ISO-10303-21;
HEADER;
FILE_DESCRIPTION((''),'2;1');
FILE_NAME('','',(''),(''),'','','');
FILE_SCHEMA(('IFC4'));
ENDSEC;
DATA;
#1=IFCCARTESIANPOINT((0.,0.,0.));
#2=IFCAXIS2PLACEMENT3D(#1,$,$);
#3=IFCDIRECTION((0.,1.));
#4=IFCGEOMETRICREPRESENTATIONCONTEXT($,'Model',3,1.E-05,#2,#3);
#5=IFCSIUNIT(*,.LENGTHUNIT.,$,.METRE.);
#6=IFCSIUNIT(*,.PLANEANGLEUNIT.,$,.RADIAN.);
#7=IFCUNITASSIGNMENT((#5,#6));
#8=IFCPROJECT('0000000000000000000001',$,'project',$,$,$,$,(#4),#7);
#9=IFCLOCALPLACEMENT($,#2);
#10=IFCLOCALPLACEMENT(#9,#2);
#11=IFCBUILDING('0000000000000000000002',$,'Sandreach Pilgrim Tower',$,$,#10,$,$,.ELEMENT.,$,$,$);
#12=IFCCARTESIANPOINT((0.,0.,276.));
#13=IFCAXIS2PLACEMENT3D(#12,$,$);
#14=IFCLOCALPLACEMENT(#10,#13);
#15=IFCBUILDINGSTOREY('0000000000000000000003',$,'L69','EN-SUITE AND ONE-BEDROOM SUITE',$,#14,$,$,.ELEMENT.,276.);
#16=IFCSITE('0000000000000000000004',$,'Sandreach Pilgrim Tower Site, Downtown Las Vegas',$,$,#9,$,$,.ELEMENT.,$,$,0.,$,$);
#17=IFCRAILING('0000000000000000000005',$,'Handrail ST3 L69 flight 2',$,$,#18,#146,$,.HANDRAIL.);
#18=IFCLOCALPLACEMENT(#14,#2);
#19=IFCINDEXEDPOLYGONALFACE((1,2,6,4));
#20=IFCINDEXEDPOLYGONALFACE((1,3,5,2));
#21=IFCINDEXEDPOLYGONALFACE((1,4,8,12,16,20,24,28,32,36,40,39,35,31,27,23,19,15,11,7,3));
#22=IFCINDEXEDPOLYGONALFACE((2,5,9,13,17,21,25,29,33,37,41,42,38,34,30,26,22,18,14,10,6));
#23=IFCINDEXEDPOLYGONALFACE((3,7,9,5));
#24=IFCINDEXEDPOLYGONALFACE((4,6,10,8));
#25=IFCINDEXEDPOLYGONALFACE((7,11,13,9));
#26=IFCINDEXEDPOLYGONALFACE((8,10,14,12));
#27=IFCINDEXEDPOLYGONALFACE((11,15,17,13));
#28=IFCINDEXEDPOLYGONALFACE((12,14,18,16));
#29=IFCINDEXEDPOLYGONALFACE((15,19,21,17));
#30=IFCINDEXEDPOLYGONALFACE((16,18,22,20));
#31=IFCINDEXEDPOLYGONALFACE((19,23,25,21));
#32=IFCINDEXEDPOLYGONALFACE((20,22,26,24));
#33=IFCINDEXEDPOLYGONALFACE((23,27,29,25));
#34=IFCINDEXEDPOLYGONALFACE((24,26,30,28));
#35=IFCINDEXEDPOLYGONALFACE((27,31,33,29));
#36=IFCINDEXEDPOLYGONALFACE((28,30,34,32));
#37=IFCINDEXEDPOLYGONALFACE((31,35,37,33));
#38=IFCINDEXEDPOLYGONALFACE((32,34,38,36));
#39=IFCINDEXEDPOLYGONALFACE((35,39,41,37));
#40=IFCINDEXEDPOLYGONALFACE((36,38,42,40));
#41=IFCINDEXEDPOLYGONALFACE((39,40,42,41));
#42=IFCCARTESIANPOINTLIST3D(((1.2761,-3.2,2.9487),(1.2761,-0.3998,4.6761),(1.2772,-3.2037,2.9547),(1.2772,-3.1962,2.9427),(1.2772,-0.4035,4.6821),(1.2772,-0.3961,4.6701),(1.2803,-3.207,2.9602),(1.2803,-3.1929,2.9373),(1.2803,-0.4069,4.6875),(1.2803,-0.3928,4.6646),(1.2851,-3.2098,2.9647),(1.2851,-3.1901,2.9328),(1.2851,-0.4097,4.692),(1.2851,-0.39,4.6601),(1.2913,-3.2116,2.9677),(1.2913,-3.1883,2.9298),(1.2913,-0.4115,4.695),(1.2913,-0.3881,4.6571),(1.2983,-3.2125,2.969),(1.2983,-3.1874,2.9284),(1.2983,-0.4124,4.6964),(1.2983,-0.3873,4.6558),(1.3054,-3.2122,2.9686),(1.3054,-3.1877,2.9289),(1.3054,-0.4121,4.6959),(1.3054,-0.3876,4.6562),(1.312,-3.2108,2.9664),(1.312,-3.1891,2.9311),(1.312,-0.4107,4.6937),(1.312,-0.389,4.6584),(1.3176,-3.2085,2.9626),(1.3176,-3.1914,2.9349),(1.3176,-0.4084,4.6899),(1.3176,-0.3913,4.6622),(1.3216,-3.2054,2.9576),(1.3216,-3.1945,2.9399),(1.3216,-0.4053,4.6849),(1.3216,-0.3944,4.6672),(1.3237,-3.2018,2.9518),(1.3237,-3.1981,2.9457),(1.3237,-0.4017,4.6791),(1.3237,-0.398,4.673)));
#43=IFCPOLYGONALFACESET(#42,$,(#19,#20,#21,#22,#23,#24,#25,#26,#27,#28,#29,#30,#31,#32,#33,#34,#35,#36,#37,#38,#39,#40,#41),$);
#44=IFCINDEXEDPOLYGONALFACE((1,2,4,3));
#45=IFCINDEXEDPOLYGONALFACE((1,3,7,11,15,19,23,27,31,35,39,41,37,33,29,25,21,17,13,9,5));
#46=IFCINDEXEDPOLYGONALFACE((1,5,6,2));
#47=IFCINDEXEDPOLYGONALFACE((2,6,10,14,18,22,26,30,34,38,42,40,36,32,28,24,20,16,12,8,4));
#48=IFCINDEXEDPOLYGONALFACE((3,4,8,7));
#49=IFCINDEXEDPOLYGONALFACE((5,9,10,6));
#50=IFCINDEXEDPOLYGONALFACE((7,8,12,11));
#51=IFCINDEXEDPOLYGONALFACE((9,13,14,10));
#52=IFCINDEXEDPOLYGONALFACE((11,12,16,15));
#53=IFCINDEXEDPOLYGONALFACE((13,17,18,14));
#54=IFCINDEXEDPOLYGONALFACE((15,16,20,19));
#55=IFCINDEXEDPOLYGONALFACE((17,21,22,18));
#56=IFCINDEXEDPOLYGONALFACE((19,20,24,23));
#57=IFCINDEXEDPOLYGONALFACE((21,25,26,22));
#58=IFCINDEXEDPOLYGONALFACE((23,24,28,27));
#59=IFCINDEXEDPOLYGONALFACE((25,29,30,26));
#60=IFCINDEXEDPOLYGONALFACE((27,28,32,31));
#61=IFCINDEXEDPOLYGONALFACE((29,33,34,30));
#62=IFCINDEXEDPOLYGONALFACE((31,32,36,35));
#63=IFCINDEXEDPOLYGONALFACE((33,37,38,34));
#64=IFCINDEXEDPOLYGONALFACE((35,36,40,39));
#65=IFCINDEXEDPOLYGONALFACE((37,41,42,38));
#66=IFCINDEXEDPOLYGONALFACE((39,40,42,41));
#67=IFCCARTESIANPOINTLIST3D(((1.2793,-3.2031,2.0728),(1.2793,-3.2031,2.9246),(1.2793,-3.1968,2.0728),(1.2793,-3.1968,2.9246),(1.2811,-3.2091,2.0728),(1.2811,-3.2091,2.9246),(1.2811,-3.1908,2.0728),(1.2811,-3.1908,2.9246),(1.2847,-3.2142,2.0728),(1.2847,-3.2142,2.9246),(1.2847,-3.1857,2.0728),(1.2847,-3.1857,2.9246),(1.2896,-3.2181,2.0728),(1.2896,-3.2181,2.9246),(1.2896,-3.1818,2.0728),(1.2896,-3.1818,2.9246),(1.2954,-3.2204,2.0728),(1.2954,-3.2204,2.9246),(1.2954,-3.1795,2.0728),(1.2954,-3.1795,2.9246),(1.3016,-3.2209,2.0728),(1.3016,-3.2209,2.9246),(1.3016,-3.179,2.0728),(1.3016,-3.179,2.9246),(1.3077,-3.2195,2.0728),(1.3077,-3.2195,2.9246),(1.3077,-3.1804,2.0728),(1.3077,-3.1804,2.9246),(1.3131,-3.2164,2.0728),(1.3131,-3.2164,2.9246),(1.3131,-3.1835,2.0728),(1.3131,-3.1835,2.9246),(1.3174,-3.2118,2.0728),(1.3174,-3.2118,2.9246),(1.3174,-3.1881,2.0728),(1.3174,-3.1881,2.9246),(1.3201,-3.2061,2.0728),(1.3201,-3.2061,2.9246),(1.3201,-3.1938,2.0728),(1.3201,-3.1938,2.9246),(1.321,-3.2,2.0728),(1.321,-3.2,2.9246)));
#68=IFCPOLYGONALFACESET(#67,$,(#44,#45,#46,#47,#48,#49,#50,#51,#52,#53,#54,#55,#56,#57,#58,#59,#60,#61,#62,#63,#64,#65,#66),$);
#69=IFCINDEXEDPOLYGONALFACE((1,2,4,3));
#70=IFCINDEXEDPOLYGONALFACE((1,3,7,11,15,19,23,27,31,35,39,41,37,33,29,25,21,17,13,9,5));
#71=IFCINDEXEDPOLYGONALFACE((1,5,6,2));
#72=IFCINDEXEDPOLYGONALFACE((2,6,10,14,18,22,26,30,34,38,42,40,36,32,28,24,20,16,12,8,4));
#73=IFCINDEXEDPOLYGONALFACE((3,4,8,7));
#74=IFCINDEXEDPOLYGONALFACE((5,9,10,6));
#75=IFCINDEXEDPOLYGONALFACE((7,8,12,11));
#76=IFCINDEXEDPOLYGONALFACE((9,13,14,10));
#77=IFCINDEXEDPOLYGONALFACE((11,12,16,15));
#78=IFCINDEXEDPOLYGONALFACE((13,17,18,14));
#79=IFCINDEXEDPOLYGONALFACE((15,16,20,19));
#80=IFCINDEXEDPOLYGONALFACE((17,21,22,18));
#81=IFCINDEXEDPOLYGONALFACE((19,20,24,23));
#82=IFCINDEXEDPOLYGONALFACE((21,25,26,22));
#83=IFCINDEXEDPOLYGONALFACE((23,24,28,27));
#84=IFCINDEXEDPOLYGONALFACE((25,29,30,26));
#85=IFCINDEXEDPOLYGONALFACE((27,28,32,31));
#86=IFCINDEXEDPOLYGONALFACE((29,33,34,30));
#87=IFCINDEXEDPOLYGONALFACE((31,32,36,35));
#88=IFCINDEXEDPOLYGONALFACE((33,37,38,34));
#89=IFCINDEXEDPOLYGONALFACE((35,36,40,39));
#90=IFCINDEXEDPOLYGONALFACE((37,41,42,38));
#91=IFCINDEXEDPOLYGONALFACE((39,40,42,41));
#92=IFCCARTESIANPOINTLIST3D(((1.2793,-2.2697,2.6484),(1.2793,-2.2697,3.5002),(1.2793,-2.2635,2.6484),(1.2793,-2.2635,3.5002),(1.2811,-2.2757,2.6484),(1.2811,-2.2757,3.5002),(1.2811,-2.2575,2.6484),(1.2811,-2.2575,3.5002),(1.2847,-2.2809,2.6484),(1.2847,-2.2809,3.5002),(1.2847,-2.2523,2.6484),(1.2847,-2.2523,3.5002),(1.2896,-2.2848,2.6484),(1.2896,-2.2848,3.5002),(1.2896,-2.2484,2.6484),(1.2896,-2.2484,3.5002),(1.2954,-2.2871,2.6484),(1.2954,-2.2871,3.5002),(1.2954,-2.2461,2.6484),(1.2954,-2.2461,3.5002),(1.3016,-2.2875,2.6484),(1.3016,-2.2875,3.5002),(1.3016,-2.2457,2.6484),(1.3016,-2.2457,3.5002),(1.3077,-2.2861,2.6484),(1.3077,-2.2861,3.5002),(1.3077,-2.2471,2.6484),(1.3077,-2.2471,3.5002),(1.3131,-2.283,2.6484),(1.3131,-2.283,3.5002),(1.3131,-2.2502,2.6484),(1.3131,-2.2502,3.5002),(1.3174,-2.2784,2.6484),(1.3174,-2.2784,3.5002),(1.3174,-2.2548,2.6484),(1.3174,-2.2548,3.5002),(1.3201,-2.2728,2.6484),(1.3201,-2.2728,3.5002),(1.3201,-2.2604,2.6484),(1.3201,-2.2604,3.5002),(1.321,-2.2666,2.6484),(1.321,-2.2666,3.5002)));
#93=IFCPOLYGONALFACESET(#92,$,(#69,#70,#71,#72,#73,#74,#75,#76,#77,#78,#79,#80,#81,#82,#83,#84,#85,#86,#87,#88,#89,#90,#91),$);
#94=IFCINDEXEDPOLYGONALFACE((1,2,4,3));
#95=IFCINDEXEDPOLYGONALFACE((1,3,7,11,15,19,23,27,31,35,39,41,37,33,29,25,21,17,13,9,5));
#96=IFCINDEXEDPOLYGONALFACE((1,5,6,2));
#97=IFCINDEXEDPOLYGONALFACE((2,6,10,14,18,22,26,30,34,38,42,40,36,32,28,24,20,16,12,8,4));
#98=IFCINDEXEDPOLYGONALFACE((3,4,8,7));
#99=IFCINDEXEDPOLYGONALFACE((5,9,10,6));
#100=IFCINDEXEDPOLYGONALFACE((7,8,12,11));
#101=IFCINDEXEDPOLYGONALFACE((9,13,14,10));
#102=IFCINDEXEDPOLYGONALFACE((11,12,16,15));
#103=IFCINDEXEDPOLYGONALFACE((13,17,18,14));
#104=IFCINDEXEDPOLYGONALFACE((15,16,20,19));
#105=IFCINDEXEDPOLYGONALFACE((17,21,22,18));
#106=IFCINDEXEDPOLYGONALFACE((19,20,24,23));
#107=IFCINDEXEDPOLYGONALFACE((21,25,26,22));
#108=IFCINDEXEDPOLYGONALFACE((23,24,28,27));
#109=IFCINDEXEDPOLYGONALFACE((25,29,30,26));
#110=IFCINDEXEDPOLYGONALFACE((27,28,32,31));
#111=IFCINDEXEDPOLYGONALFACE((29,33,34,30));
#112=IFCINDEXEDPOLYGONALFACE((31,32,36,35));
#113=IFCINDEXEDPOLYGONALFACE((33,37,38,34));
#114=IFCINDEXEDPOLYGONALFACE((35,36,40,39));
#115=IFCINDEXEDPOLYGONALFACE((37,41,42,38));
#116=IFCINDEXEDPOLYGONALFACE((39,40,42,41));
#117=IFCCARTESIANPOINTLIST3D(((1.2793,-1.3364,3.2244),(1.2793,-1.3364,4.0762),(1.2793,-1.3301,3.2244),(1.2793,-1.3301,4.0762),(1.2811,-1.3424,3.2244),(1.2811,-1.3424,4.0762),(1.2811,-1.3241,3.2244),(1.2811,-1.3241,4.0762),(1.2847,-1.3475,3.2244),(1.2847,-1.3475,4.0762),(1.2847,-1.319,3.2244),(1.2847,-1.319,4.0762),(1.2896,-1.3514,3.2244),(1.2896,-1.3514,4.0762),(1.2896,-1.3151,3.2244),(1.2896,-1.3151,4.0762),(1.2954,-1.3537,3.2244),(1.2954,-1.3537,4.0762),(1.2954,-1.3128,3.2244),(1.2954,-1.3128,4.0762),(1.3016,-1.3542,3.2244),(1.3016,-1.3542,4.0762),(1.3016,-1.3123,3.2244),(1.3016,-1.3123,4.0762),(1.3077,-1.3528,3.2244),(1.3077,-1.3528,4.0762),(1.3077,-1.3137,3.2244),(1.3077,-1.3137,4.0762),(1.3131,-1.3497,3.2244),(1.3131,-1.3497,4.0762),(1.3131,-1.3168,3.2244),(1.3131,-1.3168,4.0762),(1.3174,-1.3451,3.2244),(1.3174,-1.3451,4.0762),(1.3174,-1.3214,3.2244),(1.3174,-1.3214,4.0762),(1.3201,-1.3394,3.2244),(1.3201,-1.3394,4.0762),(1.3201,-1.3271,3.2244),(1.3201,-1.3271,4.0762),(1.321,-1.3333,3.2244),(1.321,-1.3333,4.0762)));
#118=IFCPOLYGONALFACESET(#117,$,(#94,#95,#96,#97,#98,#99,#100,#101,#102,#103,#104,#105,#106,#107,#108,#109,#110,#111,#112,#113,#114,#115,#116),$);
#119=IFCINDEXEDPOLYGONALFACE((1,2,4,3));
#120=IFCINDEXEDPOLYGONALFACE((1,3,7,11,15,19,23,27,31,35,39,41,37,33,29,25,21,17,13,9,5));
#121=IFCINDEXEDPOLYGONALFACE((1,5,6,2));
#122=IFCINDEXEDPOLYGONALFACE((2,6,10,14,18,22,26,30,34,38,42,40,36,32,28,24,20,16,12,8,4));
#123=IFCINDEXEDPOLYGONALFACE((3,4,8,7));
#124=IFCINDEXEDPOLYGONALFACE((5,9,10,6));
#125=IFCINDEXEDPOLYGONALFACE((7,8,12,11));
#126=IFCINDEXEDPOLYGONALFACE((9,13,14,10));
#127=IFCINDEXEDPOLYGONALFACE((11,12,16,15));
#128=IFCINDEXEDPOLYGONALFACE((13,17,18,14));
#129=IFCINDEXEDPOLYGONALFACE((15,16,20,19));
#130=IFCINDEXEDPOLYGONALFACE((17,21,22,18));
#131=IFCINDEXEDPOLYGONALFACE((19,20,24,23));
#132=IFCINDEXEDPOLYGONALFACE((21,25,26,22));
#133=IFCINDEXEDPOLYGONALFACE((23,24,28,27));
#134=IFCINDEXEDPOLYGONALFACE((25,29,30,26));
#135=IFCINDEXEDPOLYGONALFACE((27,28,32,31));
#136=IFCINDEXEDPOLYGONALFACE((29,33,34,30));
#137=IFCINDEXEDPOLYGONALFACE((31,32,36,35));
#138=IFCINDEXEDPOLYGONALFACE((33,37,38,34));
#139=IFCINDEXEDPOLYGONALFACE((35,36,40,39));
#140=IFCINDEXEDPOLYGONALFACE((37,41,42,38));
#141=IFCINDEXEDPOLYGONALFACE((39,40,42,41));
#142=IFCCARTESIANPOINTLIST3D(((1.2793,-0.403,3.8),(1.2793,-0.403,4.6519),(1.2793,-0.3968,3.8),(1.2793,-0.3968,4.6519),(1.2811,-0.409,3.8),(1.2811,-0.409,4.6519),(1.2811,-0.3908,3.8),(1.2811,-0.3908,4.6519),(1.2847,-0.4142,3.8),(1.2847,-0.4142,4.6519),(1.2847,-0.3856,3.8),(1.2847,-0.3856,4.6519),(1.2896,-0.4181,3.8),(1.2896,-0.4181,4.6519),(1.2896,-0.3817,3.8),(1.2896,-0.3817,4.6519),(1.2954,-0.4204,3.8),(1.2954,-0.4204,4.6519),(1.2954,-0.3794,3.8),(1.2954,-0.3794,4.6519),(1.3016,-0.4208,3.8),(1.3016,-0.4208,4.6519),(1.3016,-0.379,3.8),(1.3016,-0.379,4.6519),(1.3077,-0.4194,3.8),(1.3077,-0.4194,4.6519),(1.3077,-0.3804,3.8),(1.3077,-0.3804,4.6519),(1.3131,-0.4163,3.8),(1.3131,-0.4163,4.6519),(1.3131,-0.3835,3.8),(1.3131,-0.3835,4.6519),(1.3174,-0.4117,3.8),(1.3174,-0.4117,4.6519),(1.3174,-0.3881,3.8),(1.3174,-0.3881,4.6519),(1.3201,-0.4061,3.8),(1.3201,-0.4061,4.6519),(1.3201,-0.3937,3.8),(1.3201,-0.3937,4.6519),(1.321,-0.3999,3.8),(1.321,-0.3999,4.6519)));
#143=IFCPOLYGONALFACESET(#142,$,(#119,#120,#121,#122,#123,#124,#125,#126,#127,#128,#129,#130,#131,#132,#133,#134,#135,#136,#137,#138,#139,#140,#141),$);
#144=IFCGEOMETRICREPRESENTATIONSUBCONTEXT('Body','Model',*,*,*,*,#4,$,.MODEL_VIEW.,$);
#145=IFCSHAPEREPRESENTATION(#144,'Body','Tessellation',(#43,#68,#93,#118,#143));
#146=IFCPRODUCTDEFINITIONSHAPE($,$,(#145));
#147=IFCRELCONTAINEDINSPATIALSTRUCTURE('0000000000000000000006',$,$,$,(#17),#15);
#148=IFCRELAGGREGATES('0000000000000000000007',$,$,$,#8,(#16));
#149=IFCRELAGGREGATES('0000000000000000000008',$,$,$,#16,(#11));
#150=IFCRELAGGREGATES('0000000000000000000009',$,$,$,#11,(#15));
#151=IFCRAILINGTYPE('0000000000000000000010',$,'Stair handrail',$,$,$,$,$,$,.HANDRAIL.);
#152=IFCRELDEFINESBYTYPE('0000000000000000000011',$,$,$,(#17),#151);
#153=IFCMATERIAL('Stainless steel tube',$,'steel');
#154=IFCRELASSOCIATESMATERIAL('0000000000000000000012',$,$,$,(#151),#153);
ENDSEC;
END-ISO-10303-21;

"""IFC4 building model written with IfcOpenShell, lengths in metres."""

from ifc_helpers import new_model, si_unit, direction, frame, origin, origin_2d, place, context, subcontext, project, spatial, circle, extrude, material, type_object, element, save


model = new_model("IFC4")

# Units and contexts
model_context = context("Model", 3, precision=1e-05, world=origin(), true_north=direction((0.0, 1.0)))
body_context = subcontext(model_context, "Body", "Model", "MODEL_VIEW")
ifc_project = project(units=[si_unit("LENGTHUNIT", "METRE"), si_unit("PLANEANGLEUNIT", "RADIAN")], contexts=[model_context])

# Site, building, storey
site_placement = place(None, origin())
site = spatial("IfcSite", under=ifc_project, at=site_placement, Name="Sandreach Pilgrim Tower Site, Downtown Las Vegas", CompositionType="ELEMENT", RefElevation=0.0)
building_placement = place(site_placement, origin())
building = spatial("IfcBuilding", under=site, at=building_placement, Name="Sandreach Pilgrim Tower", CompositionType="ELEMENT")
storey_placement = place(building_placement, frame((0.0, 0.0, 276.0)))
storey = spatial("IfcBuildingStorey", under=building, at=storey_placement, Name="L69", Description="EN-SUITE AND ONE-BEDROOM SUITE", CompositionType="ELEMENT", Elevation=276.0)

# Railing
ifc_material_1 = material(Name="Stainless steel tube", Category="steel")
railing_type = type_object("IfcRailingType", Name="Stair handrail", PredefinedType="HANDRAIL", material=ifc_material_1)
for number, where, name in (
    (1, (1.3, -3.2, 2.0728), "Handrail ST3 L69 flight 2"),
):
    element("IfcRailing", number, at=place(storey_placement, frame(where)), inside=storey, type_object=railing_type, Name=name, PredefinedType="HANDRAIL", context=body_context, shape_type="SweptSolid", body=[
        extrude(circle(Radius=0.0239, at=origin_2d()), frame((0.0, 0.0, 0.876), z_axis=(0.0, 0.85109, 0.52502), x_axis=(-1.0, 0.0, 0.0)), (0.0, 0.0, 1.0), 3.29),
        extrude(circle(Radius=0.021, at=origin_2d()), origin(), (0.0, 0.0, 1.0), 0.8518),
        extrude(circle(Radius=0.021, at=origin_2d()), frame((0.0, 0.9333, 0.5757)), (0.0, 0.0, 1.0), 0.8518),
        extrude(circle(Radius=0.021, at=origin_2d()), frame((0.0, 1.8667, 1.1516)), (0.0, 0.0, 1.0), 0.8518),
        extrude(circle(Radius=0.021, at=origin_2d()), frame((0.0, 2.8, 1.7273)), (0.0, 0.0, 1.0), 0.8518),
    ])

save(model, "model.ifc")
